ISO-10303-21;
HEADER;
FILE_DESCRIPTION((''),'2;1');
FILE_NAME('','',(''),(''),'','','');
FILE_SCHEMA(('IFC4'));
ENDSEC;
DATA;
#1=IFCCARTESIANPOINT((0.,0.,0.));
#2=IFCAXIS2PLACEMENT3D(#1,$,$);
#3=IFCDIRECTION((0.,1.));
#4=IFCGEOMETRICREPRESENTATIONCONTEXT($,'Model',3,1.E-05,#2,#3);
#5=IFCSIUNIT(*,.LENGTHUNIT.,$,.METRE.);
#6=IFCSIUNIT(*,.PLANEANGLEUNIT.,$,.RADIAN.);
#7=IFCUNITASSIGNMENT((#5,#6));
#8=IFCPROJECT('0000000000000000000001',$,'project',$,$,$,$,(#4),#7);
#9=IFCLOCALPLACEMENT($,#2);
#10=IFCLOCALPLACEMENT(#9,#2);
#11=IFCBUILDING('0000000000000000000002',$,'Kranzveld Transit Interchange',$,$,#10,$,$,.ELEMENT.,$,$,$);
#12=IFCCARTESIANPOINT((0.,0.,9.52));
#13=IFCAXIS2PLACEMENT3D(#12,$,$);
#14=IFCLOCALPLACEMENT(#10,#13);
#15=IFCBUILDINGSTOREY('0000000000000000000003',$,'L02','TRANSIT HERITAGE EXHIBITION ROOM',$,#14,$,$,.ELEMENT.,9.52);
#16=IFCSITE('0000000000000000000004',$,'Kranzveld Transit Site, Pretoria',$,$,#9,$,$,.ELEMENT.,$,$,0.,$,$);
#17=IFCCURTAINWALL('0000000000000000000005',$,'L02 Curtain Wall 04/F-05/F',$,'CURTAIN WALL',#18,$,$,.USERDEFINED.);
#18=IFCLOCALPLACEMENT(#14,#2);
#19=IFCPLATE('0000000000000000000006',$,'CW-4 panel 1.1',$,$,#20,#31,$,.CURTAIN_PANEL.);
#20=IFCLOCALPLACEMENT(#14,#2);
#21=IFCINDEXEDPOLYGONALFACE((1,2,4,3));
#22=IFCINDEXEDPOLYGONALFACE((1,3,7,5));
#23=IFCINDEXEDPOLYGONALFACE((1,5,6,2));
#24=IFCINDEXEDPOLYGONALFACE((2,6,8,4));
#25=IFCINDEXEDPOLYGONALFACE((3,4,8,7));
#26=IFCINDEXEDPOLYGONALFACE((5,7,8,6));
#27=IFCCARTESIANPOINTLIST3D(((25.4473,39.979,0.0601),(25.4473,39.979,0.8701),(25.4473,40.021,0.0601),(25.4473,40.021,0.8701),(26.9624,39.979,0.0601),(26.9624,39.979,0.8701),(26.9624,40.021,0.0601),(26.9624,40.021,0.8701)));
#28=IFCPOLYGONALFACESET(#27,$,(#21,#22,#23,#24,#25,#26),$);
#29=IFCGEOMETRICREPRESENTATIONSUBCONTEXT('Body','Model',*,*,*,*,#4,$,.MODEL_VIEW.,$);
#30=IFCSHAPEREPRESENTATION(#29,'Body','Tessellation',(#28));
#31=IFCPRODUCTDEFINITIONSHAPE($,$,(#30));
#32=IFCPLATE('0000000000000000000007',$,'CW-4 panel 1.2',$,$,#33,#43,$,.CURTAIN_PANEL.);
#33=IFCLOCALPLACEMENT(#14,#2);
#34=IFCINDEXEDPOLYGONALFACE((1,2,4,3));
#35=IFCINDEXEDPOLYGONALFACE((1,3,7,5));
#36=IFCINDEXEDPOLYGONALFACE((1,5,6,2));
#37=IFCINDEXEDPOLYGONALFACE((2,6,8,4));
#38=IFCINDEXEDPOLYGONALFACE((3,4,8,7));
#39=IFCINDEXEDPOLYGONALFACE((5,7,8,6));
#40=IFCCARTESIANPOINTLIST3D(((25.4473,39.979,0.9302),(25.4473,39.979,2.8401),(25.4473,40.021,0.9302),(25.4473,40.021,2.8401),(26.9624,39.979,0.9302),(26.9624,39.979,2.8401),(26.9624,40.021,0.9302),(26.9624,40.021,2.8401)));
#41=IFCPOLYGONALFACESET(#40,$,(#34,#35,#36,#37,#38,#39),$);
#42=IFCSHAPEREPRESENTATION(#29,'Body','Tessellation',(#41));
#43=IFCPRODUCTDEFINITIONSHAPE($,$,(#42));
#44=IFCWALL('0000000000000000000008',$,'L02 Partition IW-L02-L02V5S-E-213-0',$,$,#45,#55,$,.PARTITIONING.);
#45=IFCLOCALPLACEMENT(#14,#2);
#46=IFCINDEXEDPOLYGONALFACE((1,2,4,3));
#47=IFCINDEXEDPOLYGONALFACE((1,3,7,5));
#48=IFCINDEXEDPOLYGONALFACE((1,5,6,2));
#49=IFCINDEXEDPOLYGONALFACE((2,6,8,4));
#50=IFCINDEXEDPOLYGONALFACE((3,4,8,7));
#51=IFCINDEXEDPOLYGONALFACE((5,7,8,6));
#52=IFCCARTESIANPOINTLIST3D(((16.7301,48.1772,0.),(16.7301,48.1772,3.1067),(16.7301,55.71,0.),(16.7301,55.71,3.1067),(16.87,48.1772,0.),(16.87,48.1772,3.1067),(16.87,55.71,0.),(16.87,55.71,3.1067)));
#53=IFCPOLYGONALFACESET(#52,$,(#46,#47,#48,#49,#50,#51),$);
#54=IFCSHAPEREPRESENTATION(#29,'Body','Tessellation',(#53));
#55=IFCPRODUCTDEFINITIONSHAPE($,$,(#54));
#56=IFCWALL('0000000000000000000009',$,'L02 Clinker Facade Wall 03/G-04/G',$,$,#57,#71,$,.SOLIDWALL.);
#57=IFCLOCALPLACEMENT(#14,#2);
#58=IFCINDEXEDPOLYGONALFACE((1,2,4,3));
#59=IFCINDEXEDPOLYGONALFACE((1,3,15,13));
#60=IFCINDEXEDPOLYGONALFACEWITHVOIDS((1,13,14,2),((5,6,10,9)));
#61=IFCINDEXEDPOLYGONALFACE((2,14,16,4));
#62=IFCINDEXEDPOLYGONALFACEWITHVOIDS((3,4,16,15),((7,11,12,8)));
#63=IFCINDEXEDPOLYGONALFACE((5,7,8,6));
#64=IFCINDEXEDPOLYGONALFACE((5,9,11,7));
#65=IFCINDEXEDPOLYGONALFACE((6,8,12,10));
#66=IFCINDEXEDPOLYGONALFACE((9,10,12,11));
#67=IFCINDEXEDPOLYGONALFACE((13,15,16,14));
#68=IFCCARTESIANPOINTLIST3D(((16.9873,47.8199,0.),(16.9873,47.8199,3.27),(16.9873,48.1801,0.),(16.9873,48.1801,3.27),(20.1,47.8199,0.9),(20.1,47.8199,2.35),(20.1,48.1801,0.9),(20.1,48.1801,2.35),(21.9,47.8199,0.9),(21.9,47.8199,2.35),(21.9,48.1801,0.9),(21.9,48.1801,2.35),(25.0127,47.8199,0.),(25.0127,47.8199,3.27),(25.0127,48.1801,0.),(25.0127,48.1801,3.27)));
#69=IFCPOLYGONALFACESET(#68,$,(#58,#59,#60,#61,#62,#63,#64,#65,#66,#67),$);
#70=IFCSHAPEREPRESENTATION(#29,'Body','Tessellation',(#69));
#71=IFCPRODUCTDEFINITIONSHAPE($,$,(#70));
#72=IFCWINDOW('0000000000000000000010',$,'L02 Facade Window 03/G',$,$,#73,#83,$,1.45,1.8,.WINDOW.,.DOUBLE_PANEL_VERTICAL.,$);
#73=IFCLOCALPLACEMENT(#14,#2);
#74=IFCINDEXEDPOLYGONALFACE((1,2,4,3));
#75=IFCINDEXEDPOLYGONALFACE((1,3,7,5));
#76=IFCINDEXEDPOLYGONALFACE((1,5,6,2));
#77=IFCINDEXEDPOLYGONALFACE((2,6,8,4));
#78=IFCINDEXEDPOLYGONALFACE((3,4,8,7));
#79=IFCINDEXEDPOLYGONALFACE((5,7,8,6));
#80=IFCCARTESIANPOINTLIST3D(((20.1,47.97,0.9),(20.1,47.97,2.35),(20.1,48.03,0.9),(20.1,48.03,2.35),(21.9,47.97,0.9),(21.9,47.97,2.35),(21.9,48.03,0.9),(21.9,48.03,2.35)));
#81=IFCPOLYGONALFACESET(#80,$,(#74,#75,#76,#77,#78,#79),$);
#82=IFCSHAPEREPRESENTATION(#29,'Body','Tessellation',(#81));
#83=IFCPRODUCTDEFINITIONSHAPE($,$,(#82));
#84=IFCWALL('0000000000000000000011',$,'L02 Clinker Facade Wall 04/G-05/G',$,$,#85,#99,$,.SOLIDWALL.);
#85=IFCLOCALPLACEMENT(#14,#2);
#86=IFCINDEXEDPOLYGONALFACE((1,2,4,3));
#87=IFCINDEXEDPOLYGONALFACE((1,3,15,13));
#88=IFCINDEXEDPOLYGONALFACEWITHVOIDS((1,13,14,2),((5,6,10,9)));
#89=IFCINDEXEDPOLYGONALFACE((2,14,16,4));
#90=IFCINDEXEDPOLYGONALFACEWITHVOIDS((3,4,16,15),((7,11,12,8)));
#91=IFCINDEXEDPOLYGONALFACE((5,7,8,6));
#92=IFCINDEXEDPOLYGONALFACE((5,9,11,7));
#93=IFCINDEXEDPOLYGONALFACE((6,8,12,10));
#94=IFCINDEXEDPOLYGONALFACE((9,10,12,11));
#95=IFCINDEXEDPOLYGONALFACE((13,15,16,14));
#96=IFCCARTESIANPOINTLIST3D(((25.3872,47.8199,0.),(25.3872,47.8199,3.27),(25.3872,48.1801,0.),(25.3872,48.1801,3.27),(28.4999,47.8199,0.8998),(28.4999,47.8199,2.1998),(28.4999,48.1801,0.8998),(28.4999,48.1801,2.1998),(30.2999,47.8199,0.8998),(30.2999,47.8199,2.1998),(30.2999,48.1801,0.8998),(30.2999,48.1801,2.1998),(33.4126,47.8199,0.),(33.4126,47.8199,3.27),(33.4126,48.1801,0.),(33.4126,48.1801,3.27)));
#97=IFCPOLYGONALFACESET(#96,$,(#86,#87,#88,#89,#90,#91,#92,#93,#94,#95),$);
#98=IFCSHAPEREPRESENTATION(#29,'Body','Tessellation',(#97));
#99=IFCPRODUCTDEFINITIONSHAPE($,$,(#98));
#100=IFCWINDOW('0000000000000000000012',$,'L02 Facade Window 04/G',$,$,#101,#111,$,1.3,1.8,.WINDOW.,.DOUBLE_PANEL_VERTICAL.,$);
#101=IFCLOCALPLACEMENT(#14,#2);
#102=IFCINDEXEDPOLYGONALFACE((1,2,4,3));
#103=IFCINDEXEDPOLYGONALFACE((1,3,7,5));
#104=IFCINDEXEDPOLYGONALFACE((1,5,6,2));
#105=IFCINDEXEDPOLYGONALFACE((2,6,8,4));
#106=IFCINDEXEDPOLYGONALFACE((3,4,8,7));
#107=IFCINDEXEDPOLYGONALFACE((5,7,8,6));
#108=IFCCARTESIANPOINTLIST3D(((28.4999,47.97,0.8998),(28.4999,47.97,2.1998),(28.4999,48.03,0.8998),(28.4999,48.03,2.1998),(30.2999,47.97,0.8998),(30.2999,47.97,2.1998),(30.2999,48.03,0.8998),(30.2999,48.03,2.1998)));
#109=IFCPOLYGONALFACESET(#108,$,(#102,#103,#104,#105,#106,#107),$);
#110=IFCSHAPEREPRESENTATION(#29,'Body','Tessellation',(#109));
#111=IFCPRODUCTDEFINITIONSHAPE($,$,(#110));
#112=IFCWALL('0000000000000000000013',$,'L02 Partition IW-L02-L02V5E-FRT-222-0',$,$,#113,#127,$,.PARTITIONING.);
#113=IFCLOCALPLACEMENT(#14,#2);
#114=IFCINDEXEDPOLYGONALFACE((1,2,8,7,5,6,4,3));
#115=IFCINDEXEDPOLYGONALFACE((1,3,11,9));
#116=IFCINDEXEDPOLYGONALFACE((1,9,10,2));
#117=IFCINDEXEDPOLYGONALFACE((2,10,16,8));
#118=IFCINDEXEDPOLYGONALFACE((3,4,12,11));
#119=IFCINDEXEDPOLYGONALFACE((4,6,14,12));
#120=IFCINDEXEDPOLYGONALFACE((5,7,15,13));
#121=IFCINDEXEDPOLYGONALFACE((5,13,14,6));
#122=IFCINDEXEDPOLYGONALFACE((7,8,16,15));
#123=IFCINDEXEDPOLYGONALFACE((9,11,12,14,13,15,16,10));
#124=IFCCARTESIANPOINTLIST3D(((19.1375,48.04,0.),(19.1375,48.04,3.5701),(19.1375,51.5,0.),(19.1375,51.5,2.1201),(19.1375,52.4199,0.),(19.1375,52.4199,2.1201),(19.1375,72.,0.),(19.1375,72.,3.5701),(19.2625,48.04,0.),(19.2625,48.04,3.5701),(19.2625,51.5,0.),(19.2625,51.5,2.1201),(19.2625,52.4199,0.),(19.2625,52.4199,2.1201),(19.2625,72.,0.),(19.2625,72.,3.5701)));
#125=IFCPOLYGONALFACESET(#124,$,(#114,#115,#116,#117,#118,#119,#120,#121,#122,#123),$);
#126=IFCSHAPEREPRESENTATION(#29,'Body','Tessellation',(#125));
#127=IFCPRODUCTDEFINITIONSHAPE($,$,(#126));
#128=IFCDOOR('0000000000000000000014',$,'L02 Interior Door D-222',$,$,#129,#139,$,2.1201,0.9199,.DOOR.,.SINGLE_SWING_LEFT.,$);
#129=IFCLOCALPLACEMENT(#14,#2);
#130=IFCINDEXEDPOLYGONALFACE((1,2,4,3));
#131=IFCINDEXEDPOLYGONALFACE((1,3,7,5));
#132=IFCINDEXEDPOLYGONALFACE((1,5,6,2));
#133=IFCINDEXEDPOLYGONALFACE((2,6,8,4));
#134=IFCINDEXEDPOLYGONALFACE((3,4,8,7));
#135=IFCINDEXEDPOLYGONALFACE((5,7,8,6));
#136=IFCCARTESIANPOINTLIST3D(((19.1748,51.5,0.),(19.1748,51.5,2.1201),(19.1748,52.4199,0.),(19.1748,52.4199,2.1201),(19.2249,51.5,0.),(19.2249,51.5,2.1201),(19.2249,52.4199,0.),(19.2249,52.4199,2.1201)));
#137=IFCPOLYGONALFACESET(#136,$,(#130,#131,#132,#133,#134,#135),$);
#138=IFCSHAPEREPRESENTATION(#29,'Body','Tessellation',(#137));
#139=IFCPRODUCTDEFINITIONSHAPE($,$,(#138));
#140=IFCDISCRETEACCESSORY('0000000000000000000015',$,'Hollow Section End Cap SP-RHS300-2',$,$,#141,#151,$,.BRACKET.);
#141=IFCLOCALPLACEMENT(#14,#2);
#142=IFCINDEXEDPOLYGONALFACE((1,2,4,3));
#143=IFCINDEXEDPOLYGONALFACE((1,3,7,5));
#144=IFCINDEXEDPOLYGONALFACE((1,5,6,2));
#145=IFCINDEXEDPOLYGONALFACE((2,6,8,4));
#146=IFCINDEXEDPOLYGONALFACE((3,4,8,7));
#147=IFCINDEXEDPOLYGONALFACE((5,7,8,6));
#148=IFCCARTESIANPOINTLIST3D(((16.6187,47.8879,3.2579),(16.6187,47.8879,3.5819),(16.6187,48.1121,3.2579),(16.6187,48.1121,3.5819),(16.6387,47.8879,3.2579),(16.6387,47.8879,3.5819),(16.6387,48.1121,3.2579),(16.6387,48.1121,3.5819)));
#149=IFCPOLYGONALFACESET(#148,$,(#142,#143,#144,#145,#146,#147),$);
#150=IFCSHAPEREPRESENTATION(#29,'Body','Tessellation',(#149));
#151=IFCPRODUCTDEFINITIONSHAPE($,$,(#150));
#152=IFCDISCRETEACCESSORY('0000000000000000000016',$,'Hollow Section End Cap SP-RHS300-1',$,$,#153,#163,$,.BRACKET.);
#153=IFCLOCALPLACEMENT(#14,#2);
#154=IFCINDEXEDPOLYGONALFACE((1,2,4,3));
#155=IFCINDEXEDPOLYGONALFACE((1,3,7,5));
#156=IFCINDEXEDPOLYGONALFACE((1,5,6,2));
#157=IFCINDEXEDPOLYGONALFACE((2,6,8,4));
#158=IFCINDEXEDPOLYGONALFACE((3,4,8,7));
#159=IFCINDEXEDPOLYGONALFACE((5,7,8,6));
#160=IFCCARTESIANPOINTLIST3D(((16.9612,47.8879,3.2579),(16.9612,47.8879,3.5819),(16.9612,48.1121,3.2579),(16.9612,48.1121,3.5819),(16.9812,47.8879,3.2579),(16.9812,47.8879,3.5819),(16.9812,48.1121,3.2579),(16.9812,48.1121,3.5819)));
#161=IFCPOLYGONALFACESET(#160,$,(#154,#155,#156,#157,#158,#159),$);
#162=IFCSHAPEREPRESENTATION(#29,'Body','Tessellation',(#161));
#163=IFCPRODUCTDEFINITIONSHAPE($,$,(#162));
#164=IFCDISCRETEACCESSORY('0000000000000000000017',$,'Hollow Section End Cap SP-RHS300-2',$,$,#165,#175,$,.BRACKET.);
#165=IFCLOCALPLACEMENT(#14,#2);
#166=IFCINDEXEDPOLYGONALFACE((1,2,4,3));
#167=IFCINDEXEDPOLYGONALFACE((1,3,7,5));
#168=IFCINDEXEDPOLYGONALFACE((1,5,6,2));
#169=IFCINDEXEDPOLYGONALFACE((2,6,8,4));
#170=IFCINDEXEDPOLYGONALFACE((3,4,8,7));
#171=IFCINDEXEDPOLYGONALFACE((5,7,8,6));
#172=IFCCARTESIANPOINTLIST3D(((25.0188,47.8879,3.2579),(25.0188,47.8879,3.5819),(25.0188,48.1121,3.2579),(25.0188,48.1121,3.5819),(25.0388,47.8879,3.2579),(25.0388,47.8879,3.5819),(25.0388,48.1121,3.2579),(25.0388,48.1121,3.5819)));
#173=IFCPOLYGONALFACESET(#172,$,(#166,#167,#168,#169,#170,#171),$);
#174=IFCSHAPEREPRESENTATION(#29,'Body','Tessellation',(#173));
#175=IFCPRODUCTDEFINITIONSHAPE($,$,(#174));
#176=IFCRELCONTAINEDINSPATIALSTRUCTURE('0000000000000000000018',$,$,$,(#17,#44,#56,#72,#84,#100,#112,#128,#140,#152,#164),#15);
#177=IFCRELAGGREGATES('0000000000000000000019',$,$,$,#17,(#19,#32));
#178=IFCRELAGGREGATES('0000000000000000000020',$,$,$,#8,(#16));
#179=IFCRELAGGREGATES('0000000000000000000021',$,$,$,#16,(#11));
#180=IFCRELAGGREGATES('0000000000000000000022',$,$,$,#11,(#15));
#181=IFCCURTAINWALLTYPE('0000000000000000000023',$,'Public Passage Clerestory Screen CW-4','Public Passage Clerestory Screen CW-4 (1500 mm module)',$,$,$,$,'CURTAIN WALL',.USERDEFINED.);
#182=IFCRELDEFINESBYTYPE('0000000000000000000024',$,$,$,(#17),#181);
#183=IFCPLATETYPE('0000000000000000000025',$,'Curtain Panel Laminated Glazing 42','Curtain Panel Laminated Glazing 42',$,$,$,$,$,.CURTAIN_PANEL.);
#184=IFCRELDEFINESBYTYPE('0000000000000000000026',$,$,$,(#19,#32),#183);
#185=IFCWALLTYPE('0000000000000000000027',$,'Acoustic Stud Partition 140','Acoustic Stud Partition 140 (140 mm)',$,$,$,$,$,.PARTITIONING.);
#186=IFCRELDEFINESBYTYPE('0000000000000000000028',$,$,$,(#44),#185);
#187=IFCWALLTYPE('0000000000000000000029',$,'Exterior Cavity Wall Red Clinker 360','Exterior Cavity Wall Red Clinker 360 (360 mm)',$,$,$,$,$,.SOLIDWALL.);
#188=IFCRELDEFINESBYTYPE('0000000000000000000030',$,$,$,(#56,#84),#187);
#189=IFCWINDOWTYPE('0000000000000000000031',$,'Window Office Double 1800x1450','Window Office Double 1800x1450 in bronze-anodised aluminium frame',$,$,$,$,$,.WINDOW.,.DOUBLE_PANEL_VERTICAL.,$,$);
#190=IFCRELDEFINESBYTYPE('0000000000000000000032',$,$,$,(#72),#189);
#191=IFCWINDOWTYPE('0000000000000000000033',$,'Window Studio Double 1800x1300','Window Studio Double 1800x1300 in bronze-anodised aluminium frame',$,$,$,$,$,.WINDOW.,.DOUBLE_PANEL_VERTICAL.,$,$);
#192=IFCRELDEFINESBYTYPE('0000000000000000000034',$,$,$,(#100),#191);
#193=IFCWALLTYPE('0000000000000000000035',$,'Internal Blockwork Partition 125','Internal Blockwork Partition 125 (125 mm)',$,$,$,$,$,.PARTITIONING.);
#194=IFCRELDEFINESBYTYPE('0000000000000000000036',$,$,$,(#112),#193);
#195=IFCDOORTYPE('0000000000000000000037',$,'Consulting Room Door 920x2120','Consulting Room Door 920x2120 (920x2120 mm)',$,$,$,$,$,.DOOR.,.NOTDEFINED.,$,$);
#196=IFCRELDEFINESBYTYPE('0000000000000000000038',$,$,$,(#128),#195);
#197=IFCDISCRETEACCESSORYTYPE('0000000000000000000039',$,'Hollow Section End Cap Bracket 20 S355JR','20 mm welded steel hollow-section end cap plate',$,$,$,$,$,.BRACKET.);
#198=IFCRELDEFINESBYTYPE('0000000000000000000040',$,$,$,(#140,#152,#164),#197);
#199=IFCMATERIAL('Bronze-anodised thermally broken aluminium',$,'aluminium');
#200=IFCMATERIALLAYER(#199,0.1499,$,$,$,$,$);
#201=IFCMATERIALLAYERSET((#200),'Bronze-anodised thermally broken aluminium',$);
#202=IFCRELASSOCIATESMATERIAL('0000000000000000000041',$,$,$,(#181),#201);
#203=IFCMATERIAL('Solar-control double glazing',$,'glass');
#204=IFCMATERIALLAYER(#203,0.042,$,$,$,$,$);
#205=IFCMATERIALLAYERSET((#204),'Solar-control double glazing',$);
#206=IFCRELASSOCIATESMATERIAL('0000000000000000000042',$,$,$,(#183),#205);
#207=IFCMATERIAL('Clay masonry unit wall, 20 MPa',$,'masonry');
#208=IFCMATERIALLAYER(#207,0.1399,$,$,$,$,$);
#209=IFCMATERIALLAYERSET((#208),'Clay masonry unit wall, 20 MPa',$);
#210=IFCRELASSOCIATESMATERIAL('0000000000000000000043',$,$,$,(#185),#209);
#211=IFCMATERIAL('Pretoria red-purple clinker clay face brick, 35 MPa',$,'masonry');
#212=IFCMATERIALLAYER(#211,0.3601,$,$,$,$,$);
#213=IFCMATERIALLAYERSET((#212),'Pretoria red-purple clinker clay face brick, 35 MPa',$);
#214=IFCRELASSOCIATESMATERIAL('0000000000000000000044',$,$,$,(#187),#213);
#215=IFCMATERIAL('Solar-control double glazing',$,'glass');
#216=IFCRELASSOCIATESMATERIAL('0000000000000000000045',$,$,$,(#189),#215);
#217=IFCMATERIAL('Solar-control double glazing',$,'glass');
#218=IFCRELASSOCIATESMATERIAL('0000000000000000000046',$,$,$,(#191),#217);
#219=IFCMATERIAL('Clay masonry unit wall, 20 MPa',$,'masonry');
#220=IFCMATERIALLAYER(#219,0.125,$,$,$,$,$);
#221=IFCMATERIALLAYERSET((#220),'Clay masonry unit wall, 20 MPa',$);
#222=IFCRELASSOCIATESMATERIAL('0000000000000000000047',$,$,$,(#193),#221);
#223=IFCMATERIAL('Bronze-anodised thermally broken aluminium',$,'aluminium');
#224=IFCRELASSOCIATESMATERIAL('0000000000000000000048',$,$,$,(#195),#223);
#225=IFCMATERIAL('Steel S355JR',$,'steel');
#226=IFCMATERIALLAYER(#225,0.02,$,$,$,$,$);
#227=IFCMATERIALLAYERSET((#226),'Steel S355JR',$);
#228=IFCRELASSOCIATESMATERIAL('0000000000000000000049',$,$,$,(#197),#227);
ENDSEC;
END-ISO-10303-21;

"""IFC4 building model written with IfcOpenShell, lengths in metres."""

from ifc_helpers import new_model, si_unit, direction, frame, frame_2d, origin, origin_2d, place, context, subcontext, project, spatial, rectangle, extrude, material, layer, layer_set, type_object, element, fill, aggregate, save


model = new_model("IFC4")

# Units and contexts
model_context = context("Model", 3, precision=1e-05, world=origin(), true_north=direction((0.0, 1.0)))
body_context = subcontext(model_context, "Body", "Model", "MODEL_VIEW")
ifc_project = project(units=[si_unit("LENGTHUNIT", "METRE"), si_unit("PLANEANGLEUNIT", "RADIAN")], contexts=[model_context])

# Site, building, storey
site_placement = place(None, origin())
site = spatial("IfcSite", under=ifc_project, at=site_placement, Name="Kranzveld Transit Site, Pretoria", CompositionType="ELEMENT", RefElevation=0.0)
building_placement = place(site_placement, origin())
building = spatial("IfcBuilding", under=site, at=building_placement, Name="Kranzveld Transit Interchange", CompositionType="ELEMENT")
storey_placement = place(building_placement, frame((0.0, 0.0, 9.52)))
storey = spatial("IfcBuildingStorey", under=building, at=storey_placement, Name="L02", Description="TRANSIT HERITAGE EXHIBITION ROOM", CompositionType="ELEMENT", Elevation=9.52)

# Curtain wall, plates
ifc_material_1 = material(Name="Bronze-anodised thermally broken aluminium", Category="aluminium")
ifc_layer_1 = layer(ifc_material_1, 0.1499)
ifc_layer_set_1 = layer_set([ifc_layer_1], Name="Bronze-anodised thermally broken aluminium")
curtain_wall_type = type_object("IfcCurtainWallType", Name="Public Passage Clerestory Screen CW-4", Description="Public Passage Clerestory Screen CW-4 (1500 mm module)", ElementType="CURTAIN WALL", PredefinedType="USERDEFINED", material=ifc_layer_set_1)
curtain_wall_placement = place(storey_placement, origin())
curtain_wall = element("IfcCurtainWall", 1, at=curtain_wall_placement, inside=storey, type_object=curtain_wall_type, Name="L02 Curtain Wall 04/F-05/F", ObjectType="CURTAIN WALL", PredefinedType="USERDEFINED")
ifc_material_2 = material(Name="Solar-control double glazing", Category="glass")
ifc_layer_2 = layer(ifc_material_2, 0.042)
ifc_layer_set_2 = layer_set([ifc_layer_2], Name="Solar-control double glazing")
plate_type = type_object("IfcPlateType", Name="Curtain Panel Laminated Glazing 42", Description="Curtain Panel Laminated Glazing 42", PredefinedType="CURTAIN_PANEL", material=ifc_layer_set_2)
plate_1_placement = place(storey_placement, frame((26.2048, 40.0, 0.0601), z_axis=(0.0, 0.0, 1.0), x_axis=(1.0, 0.0, 0.0)))
plate_1 = element("IfcPlate", 2, at=plate_1_placement, type_object=plate_type, Name="CW-4 panel 1.1", PredefinedType="CURTAIN_PANEL", context=body_context, shape_type="SweptSolid", body=[
    extrude(rectangle(XDim=1.5151, YDim=0.042, at=origin_2d()), origin(), (0.0, 0.0, 1.0), 0.8101),
])
plate_2_placement = place(storey_placement, frame((26.2048, 40.0, 0.9302), z_axis=(0.0, 0.0, 1.0), x_axis=(1.0, 0.0, 0.0)))
plate_2 = element("IfcPlate", 3, at=plate_2_placement, type_object=plate_type, Name="CW-4 panel 1.2", PredefinedType="CURTAIN_PANEL", context=body_context, shape_type="SweptSolid", body=[
    extrude(rectangle(XDim=1.5151, YDim=0.042, at=origin_2d()), origin(), (0.0, 0.0, 1.0), 1.9099),
])
aggregate(curtain_wall, [plate_1, plate_2])

# Wall
ifc_material_3 = material(Name="Clay masonry unit wall, 20 MPa", Category="masonry")
ifc_layer_3 = layer(ifc_material_3, 0.1399)
ifc_layer_set_3 = layer_set([ifc_layer_3], Name="Clay masonry unit wall, 20 MPa")
wall_type_1 = type_object("IfcWallType", Name="Acoustic Stud Partition 140", Description="Acoustic Stud Partition 140 (140 mm)", PredefinedType="PARTITIONING", material=ifc_layer_set_3)
wall_1_placement = place(storey_placement, frame((16.8, 48.1772, 0.0), z_axis=(0.0, 0.0, 1.0), x_axis=(0.0, 1.0, 0.0)))
element("IfcWall", 4, at=wall_1_placement, inside=storey, type_object=wall_type_1, Name="L02 Partition IW-L02-L02V5S-E-213-0", PredefinedType="PARTITIONING", context=body_context, shape_type="SweptSolid", body=[
    extrude(rectangle(XDim=7.5327, YDim=0.1399, at=frame_2d((3.7664, 0.0))), origin(), (0.0, 0.0, 1.0), 3.1067),
])

# Walls, openings, windows
ifc_material_4 = material(Name="Pretoria red-purple clinker clay face brick, 35 MPa", Category="masonry")
ifc_layer_4 = layer(ifc_material_4, 0.3601)
ifc_layer_set_4 = layer_set([ifc_layer_4], Name="Pretoria red-purple clinker clay face brick, 35 MPa")
wall_type_2 = type_object("IfcWallType", Name="Exterior Cavity Wall Red Clinker 360", Description="Exterior Cavity Wall Red Clinker 360 (360 mm)", PredefinedType="SOLIDWALL", material=ifc_layer_set_4)
wall_2_placement = place(storey_placement, frame((16.9873, 48.0, 0.0), z_axis=(0.0, 0.0, 1.0), x_axis=(1.0, 0.0, 0.0)))
wall_2 = element("IfcWall", 5, at=wall_2_placement, inside=storey, type_object=wall_type_2, Name="L02 Clinker Facade Wall 03/G-04/G", PredefinedType="SOLIDWALL", context=body_context, shape_type="SweptSolid", body=[
    extrude(rectangle(XDim=8.0254, YDim=0.3601, at=frame_2d((4.0127, 0.0))), origin(), (0.0, 0.0, 1.0), 3.27),
])
opening_1_placement = place(wall_2_placement, frame((3.1128, 0.0, 0.8999), z_axis=(0.0, 0.0, 1.0), x_axis=(1.0, 0.0, 0.0)))
opening_1 = element("IfcOpeningElement", 6, at=opening_1_placement, cuts=wall_2, PredefinedType="OPENING", context=body_context, shape_type="SweptSolid", body=[
    extrude(rectangle(XDim=1.8, YDim=1.45, at=frame_2d((0.8999, 0.7251))), frame((0.0, 0.1899, 0.0), z_axis=(0.0, -1.0, 0.0), x_axis=(1.0, 0.0, 0.0)), (0.0, 0.0, 1.0), 0.3801),
])
ifc_material_5 = material(Name="Solar-control double glazing", Category="glass")
window_type_1 = type_object("IfcWindowType", Name="Window Office Double 1800x1450", Description="Window Office Double 1800x1450 in bronze-anodised aluminium frame", PartitioningType="DOUBLE_PANEL_VERTICAL", PredefinedType="WINDOW", material=ifc_material_5)
window_1_placement = place(opening_1_placement, origin())
window_1 = element("IfcWindow", 7, at=window_1_placement, inside=storey, type_object=window_type_1, Name="L02 Facade Window 03/G", OverallHeight=1.45, OverallWidth=1.8, PartitioningType="DOUBLE_PANEL_VERTICAL", PredefinedType="WINDOW", context=body_context, shape_type="SweptSolid", body=[
    extrude(rectangle(XDim=1.8, YDim=1.45, at=frame_2d((0.8999, 0.7251))), frame((0.0, 0.03, 0.0), z_axis=(0.0, -1.0, 0.0), x_axis=(1.0, 0.0, 0.0)), (0.0, 0.0, 1.0), 0.0601),
])
fill(opening_1, window_1)
wall_3_placement = place(storey_placement, frame((25.3872, 48.0, 0.0), z_axis=(0.0, 0.0, 1.0), x_axis=(1.0, 0.0, 0.0)))
wall_3 = element("IfcWall", 8, at=wall_3_placement, inside=storey, type_object=wall_type_2, Name="L02 Clinker Facade Wall 04/G-05/G", PredefinedType="SOLIDWALL", context=body_context, shape_type="SweptSolid", body=[
    extrude(rectangle(XDim=8.0254, YDim=0.3601, at=frame_2d((4.0127, 0.0))), origin(), (0.0, 0.0, 1.0), 3.27),
])
opening_2_placement = place(wall_3_placement, frame((3.1128, 0.0, 0.8999), z_axis=(0.0, 0.0, 1.0), x_axis=(1.0, 0.0, 0.0)))
opening_2 = element("IfcOpeningElement", 9, at=opening_2_placement, cuts=wall_3, PredefinedType="OPENING", context=body_context, shape_type="SweptSolid", body=[
    extrude(rectangle(XDim=1.8, YDim=1.3, at=frame_2d((0.8999, 0.6499))), frame((0.0, 0.1899, 0.0), z_axis=(0.0, -1.0, 0.0), x_axis=(1.0, 0.0, 0.0)), (0.0, 0.0, 1.0), 0.3801),
])
ifc_material_6 = material(Name="Solar-control double glazing", Category="glass")
window_type_2 = type_object("IfcWindowType", Name="Window Studio Double 1800x1300", Description="Window Studio Double 1800x1300 in bronze-anodised aluminium frame", PartitioningType="DOUBLE_PANEL_VERTICAL", PredefinedType="WINDOW", material=ifc_material_6)
window_2_placement = place(opening_2_placement, origin())
window_2 = element("IfcWindow", 10, at=window_2_placement, inside=storey, type_object=window_type_2, Name="L02 Facade Window 04/G", OverallHeight=1.3, OverallWidth=1.8, PartitioningType="DOUBLE_PANEL_VERTICAL", PredefinedType="WINDOW", context=body_context, shape_type="SweptSolid", body=[
    extrude(rectangle(XDim=1.8, YDim=1.3, at=frame_2d((0.8999, 0.6499))), frame((0.0, 0.03, 0.0), z_axis=(0.0, -1.0, 0.0), x_axis=(1.0, 0.0, 0.0)), (0.0, 0.0, 1.0), 0.0601),
])
fill(opening_2, window_2)

# Wall, opening, door
ifc_material_7 = material(Name="Clay masonry unit wall, 20 MPa", Category="masonry")
ifc_layer_5 = layer(ifc_material_7, 0.125)
ifc_layer_set_5 = layer_set([ifc_layer_5], Name="Clay masonry unit wall, 20 MPa")
wall_type_3 = type_object("IfcWallType", Name="Internal Blockwork Partition 125", Description="Internal Blockwork Partition 125 (125 mm)", PredefinedType="PARTITIONING", material=ifc_layer_set_5)
wall_4_placement = place(storey_placement, frame((19.2, 48.04, 0.0), z_axis=(0.0, 0.0, 1.0), x_axis=(0.0, 1.0, 0.0)))
wall_4 = element("IfcWall", 11, at=wall_4_placement, inside=storey, type_object=wall_type_3, Name="L02 Partition IW-L02-L02V5E-FRT-222-0", PredefinedType="PARTITIONING", context=body_context, shape_type="SweptSolid", body=[
    extrude(rectangle(XDim=23.96, YDim=0.125, at=frame_2d((11.98, 0.0))), origin(), (0.0, 0.0, 1.0), 3.5701),
])
opening_3_placement = place(wall_4_placement, frame((4.3799, 0.0, 0.0), z_axis=(0.0, 0.0, 1.0), x_axis=(-1.0, 0.0, 0.0)))
opening_3 = element("IfcOpeningElement", 12, at=opening_3_placement, cuts=wall_4, PredefinedType="OPENING", context=body_context, shape_type="SweptSolid", body=[
    extrude(rectangle(XDim=0.9199, YDim=2.1201, at=frame_2d((0.46, 1.0601))), frame((0.0, 0.0725, 0.0), z_axis=(0.0, -1.0, 0.0), x_axis=(1.0, 0.0, 0.0)), (0.0, 0.0, 1.0), 0.145),
])
ifc_material_8 = material(Name="Bronze-anodised thermally broken aluminium", Category="aluminium")
door_type = type_object("IfcDoorType", Name="Consulting Room Door 920x2120", Description="Consulting Room Door 920x2120 (920x2120 mm)", OperationType="NOTDEFINED", PredefinedType="DOOR", material=ifc_material_8)
door_placement = place(opening_3_placement, origin())
door = element("IfcDoor", 13, at=door_placement, inside=storey, type_object=door_type, Name="L02 Interior Door D-222", OperationType="SINGLE_SWING_LEFT", OverallHeight=2.1201, OverallWidth=0.9199, PredefinedType="DOOR", context=body_context, shape_type="SweptSolid", body=[
    extrude(rectangle(XDim=0.9199, YDim=2.1201, at=frame_2d((0.46, 1.0601))), frame((0.0, 0.0249, 0.0), z_axis=(0.0, -1.0, 0.0), x_axis=(1.0, 0.0, 0.0)), (0.0, 0.0, 1.0), 0.05),
])
fill(opening_3, door)

# Discrete accessories
ifc_material_9 = material(Name="Steel S355JR", Category="steel")
ifc_layer_6 = layer(ifc_material_9, 0.02)
ifc_layer_set_6 = layer_set([ifc_layer_6], Name="Steel S355JR")
discrete_accessory_type = type_object("IfcDiscreteAccessoryType", Name="Hollow Section End Cap Bracket 20 S355JR", Description="20 mm welded steel hollow-section end cap plate", PredefinedType="BRACKET", material=ifc_layer_set_6)
for number, where, z_axis, x_axis, name in (
    (14, (16.6187, 48.0, 3.4199), (1.0, 0.0, 0.0), (0.0, 1.0, 0.0), "Hollow Section End Cap SP-RHS300-2"),
    (15, (16.9812, 48.0, 3.4199), (-1.0, 0.0, 0.0), (0.0, -1.0, 0.0), "Hollow Section End Cap SP-RHS300-1"),
    (16, (25.0188, 48.0, 3.4199), (1.0, 0.0, 0.0), (0.0, 1.0, 0.0), "Hollow Section End Cap SP-RHS300-2"),
):
    element("IfcDiscreteAccessory", number, at=place(storey_placement, frame(where, z_axis=z_axis, x_axis=x_axis)), inside=storey, type_object=discrete_accessory_type, Name=name, PredefinedType="BRACKET", context=body_context, shape_type="SweptSolid", body=[
        extrude(rectangle(XDim=0.2241, YDim=0.324, at=origin_2d()), origin(), (0.0, 0.0, 1.0), 0.02),
    ])

save(model, "model.ifc")
